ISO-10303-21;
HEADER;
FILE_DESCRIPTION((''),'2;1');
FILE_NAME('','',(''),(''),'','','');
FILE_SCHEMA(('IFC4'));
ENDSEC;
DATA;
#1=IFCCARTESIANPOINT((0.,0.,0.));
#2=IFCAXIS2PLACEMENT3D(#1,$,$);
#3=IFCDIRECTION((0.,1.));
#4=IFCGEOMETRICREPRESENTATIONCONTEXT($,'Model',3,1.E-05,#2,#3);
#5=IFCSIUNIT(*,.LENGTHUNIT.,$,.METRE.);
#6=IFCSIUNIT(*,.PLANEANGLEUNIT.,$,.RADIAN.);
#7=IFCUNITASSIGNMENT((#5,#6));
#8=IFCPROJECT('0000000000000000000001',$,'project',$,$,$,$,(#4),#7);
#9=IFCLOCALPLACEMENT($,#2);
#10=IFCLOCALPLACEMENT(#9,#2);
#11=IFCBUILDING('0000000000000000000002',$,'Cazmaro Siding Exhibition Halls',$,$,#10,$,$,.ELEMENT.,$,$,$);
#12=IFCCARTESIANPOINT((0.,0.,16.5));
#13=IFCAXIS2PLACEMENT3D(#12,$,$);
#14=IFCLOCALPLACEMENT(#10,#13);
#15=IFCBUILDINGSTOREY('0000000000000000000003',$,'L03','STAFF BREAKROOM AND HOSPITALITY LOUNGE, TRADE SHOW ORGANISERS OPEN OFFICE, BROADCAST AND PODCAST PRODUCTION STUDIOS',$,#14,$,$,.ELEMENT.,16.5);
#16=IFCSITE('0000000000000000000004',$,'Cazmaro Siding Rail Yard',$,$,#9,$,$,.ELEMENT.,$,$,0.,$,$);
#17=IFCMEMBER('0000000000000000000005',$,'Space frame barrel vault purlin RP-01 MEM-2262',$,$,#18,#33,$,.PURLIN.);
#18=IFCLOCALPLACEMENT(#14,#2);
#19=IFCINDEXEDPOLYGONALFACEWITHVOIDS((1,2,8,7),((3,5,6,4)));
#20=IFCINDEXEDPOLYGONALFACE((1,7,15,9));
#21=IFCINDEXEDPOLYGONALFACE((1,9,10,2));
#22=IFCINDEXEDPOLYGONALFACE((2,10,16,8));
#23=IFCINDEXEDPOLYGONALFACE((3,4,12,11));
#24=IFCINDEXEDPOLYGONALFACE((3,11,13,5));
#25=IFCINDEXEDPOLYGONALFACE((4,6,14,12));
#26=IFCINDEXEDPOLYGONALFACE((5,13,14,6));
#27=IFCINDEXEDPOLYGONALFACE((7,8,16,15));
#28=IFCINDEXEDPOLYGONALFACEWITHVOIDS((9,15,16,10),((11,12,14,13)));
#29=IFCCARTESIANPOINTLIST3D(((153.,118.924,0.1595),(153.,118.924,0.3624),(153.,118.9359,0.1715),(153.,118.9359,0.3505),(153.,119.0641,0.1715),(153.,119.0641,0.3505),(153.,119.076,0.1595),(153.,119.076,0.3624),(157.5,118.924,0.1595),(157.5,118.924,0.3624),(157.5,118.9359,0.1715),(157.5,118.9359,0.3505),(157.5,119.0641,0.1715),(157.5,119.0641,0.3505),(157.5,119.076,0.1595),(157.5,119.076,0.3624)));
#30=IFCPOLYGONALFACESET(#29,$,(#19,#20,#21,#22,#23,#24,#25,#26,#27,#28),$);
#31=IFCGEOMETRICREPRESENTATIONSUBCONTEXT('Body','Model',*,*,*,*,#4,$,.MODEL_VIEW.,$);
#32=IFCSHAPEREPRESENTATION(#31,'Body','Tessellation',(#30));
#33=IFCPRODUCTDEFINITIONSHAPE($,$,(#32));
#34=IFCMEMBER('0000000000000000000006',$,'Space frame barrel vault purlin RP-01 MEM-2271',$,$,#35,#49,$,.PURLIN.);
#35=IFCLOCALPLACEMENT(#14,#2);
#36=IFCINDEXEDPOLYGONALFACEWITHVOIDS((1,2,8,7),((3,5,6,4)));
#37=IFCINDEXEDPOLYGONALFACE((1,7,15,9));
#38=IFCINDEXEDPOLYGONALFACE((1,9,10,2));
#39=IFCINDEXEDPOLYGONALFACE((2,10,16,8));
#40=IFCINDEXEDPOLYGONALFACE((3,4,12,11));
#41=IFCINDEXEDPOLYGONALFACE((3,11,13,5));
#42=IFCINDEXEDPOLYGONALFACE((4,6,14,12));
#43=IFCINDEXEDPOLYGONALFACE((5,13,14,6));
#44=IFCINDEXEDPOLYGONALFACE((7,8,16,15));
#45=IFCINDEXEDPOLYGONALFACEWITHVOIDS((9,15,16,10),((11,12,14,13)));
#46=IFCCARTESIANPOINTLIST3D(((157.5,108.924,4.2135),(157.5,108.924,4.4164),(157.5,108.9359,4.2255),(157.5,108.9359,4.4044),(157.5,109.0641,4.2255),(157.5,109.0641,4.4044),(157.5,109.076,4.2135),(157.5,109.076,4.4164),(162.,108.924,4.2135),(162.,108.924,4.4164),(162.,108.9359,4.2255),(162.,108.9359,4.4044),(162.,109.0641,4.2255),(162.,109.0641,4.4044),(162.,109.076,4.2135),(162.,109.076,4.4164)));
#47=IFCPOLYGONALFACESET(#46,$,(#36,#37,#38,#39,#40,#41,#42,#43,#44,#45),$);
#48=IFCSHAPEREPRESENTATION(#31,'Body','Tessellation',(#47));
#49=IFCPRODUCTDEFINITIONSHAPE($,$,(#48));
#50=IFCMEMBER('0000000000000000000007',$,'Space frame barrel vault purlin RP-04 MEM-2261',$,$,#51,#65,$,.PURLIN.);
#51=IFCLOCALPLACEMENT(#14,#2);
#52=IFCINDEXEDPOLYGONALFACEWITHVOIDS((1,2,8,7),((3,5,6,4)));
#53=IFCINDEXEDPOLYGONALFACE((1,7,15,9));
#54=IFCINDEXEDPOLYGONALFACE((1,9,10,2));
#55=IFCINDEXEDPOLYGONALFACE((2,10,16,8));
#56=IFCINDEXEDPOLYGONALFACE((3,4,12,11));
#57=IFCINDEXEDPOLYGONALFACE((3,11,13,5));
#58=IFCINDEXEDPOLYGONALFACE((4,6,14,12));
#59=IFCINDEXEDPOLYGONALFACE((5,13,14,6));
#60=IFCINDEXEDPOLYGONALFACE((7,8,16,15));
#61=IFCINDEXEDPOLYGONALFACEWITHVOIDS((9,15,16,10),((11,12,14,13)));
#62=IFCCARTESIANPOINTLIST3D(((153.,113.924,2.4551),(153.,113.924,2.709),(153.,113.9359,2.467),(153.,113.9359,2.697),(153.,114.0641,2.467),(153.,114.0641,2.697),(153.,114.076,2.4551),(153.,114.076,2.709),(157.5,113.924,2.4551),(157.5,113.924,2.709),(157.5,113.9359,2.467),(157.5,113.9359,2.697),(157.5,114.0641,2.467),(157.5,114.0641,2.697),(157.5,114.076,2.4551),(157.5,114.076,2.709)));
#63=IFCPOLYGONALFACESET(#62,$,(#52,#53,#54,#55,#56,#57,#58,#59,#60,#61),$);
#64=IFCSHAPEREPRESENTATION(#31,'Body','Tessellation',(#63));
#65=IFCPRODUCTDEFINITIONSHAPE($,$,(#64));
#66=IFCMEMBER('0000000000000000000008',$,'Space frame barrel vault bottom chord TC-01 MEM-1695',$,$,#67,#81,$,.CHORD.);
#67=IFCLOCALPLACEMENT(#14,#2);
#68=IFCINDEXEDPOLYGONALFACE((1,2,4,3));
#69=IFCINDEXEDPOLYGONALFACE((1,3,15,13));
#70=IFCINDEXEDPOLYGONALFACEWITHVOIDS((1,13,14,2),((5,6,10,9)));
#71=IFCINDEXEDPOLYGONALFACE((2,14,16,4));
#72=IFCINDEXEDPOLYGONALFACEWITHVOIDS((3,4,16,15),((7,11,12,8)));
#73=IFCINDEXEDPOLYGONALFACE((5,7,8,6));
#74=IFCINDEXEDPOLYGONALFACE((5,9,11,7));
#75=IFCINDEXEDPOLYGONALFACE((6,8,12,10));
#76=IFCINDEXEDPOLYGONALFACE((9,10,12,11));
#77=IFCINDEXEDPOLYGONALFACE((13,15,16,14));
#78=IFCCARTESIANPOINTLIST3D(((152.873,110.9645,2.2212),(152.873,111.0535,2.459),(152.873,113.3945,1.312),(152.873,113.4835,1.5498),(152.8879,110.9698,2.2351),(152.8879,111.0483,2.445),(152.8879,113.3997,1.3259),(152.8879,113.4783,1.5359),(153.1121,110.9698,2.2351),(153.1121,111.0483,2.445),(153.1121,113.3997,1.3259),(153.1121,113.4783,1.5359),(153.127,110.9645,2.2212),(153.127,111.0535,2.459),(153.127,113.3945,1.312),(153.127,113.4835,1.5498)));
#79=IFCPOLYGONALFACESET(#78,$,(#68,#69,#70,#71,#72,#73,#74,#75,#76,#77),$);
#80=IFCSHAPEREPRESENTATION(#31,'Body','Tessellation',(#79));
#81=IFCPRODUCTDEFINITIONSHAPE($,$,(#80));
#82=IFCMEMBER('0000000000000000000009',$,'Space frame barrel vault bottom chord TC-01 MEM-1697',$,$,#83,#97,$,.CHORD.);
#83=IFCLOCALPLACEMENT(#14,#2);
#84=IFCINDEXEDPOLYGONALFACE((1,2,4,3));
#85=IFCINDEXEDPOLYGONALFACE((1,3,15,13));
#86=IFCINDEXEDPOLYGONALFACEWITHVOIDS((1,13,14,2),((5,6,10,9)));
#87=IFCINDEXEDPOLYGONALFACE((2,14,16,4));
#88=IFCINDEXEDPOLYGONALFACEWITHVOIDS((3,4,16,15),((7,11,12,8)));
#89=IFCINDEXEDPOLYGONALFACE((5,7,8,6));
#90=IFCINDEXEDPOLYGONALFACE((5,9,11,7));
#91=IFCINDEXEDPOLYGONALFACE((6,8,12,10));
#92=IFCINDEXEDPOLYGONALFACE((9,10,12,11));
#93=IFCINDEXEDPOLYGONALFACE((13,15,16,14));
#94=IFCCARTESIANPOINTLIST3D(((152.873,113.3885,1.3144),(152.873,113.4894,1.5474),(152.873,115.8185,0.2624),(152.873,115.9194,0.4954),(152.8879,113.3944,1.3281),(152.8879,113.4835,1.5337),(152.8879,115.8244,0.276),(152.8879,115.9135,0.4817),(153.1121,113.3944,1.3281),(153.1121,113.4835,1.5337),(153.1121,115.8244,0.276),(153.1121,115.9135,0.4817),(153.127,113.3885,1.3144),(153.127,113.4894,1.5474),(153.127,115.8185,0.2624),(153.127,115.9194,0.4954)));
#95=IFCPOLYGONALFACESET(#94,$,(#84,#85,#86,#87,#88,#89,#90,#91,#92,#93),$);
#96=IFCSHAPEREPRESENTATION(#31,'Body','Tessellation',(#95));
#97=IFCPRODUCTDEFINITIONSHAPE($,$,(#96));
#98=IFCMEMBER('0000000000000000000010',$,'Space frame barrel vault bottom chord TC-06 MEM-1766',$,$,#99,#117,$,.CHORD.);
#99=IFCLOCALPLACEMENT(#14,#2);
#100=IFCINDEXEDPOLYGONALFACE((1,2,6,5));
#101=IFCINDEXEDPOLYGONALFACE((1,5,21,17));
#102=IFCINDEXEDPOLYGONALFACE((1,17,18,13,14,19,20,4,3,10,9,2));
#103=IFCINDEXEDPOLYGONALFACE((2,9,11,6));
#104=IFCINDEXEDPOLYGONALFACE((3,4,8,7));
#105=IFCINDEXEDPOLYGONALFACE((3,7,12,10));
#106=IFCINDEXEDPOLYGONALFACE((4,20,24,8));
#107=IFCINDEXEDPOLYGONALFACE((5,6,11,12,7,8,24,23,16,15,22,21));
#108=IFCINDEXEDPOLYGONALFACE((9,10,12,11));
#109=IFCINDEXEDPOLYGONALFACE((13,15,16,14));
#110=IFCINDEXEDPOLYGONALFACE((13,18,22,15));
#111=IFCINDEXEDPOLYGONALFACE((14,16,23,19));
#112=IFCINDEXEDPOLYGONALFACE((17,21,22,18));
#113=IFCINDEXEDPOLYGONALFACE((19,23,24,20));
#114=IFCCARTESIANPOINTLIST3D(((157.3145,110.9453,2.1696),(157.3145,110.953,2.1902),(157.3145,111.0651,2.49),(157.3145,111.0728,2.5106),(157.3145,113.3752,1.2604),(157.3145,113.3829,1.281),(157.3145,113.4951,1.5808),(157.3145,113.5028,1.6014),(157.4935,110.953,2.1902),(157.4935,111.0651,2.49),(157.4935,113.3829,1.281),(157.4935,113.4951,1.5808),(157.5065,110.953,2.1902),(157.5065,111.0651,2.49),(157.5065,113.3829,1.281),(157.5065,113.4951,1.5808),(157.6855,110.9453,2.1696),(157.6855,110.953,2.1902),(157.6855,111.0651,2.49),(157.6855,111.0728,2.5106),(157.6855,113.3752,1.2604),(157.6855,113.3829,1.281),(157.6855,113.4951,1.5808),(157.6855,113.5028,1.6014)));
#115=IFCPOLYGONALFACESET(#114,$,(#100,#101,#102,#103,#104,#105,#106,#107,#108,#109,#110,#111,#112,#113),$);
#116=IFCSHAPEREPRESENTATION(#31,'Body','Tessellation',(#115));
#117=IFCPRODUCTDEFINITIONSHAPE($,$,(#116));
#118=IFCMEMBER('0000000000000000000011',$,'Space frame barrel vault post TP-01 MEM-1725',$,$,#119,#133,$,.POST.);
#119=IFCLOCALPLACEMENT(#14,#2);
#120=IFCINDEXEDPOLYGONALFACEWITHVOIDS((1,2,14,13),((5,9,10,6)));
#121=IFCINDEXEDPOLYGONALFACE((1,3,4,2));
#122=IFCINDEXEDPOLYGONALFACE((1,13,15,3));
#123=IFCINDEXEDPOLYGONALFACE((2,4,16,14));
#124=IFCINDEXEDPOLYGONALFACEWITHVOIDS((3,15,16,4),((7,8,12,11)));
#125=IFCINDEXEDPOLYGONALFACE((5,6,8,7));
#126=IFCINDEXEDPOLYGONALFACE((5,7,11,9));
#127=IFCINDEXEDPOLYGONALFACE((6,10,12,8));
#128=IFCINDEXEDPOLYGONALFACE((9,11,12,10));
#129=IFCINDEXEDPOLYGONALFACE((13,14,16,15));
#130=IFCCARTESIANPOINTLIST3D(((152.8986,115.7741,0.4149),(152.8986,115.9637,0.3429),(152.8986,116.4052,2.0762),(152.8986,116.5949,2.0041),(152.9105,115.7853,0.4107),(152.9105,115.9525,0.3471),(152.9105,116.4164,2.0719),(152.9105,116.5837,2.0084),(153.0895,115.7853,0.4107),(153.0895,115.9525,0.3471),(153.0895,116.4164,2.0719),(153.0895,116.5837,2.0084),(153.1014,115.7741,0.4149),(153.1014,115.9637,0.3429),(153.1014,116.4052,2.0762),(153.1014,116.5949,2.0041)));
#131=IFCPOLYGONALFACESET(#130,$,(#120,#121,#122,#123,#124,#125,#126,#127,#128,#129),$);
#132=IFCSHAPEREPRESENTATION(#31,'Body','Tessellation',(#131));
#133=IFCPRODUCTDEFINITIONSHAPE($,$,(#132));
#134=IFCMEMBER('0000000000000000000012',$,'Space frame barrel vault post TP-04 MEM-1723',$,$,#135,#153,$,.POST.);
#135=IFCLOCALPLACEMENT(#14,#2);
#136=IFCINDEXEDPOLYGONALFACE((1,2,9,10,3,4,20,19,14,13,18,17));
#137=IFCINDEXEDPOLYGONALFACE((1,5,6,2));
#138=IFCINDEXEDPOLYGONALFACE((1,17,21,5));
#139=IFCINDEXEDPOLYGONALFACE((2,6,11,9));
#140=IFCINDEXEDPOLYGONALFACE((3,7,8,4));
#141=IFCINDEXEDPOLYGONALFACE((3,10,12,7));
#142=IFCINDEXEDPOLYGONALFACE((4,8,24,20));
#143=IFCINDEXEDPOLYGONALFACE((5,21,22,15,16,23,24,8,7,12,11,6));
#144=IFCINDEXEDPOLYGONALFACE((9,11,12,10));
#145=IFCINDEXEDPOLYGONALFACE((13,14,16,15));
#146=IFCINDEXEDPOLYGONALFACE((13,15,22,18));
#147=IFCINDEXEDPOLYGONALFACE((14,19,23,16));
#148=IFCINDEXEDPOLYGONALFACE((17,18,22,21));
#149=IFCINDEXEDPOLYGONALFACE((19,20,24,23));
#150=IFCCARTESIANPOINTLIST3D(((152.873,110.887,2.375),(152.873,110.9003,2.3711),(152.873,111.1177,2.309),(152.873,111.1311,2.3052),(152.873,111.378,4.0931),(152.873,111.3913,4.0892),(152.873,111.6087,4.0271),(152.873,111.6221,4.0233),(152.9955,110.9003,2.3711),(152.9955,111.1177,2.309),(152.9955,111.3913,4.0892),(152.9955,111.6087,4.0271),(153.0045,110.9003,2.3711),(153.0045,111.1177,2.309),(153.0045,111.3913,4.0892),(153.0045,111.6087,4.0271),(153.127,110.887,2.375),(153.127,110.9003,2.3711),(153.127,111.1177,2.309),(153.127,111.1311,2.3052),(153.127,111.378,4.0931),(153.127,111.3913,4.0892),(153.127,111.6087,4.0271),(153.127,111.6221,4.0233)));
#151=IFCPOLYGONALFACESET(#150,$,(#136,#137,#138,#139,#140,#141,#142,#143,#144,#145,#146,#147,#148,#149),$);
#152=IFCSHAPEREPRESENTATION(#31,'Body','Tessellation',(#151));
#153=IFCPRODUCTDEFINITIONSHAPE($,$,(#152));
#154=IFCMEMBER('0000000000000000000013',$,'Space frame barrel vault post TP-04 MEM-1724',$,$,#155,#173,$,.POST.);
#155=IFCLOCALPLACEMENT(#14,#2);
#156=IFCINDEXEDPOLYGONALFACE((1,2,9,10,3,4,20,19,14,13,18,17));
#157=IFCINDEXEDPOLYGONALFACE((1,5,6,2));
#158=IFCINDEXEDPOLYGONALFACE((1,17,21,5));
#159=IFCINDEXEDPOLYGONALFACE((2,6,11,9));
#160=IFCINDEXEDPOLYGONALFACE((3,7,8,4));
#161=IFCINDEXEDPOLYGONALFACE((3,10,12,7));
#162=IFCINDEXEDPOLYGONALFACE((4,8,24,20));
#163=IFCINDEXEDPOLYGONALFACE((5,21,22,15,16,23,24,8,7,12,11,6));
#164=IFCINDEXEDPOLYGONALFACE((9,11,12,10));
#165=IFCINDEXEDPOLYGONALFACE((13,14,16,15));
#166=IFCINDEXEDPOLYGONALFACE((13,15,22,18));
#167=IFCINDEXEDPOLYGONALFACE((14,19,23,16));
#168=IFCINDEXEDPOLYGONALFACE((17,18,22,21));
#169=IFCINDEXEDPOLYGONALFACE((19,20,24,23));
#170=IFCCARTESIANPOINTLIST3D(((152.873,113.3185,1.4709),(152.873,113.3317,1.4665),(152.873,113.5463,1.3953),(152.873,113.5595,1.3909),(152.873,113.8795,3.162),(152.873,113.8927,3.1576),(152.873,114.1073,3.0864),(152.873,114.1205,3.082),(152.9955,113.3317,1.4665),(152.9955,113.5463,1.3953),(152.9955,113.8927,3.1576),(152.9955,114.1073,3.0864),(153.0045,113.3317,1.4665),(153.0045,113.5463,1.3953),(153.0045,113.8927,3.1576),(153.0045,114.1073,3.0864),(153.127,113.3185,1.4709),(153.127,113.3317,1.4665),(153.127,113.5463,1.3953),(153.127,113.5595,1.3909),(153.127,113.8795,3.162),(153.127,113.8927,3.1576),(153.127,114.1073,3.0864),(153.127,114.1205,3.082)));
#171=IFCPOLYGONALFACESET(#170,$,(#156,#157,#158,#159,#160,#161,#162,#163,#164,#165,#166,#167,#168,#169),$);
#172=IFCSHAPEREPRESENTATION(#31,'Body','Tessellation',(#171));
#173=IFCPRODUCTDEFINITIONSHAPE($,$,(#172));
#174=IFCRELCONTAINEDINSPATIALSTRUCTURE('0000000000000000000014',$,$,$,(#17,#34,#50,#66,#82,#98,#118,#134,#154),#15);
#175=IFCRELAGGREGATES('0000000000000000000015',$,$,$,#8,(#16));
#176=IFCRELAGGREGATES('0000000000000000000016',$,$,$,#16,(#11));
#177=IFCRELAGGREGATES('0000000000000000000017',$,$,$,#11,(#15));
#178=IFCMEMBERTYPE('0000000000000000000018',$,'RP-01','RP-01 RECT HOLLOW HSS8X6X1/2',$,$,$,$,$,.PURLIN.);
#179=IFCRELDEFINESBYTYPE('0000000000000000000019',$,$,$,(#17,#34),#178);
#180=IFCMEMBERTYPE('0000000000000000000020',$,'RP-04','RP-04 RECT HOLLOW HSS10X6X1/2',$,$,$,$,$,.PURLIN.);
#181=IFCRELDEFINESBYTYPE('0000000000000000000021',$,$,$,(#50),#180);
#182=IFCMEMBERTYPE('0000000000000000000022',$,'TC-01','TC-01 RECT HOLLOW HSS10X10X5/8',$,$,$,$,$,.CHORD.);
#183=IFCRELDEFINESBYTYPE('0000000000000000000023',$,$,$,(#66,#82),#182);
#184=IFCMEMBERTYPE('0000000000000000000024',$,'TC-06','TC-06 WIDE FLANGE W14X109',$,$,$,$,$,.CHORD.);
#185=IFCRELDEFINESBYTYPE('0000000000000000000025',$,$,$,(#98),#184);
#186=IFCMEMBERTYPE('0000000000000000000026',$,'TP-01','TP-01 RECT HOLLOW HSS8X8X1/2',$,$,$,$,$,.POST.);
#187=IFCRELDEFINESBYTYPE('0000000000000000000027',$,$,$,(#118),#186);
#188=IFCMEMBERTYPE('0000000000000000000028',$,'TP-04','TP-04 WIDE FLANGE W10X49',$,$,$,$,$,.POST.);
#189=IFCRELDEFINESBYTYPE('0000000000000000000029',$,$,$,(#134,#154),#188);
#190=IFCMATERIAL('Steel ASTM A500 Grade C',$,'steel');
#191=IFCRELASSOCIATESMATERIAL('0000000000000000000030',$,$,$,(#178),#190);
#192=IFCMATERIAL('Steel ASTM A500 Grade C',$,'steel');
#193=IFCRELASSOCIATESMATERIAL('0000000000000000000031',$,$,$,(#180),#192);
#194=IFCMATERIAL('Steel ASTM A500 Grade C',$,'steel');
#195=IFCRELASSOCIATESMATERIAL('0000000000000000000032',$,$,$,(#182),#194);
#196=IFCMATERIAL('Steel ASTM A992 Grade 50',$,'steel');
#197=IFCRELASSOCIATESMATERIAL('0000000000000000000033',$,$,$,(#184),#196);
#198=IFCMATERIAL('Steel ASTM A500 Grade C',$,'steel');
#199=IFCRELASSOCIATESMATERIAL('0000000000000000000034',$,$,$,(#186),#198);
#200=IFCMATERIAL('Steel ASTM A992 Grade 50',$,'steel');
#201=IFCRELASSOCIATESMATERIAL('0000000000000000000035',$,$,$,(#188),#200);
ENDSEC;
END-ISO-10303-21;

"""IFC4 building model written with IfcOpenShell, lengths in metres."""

from ifc_helpers import new_model, si_unit, direction, frame, origin, origin_2d, place, context, subcontext, project, spatial, hollow_rectangle, i_section, extrude, material, material_profile, profile_set, type_object, element, save


model = new_model("IFC4")

# Units and contexts
model_context = context("Model", 3, precision=1e-05, world=origin(), true_north=direction((0.0, 1.0)))
body_context = subcontext(model_context, "Body", "Model", "MODEL_VIEW")
ifc_project = project(units=[si_unit("LENGTHUNIT", "METRE"), si_unit("PLANEANGLEUNIT", "RADIAN")], contexts=[model_context])

# Site, building, storey
site_placement = place(None, origin())
site = spatial("IfcSite", under=ifc_project, at=site_placement, Name="Cazmaro Siding Rail Yard", CompositionType="ELEMENT", RefElevation=0.0)
building_placement = place(site_placement, origin())
building = spatial("IfcBuilding", under=site, at=building_placement, Name="Cazmaro Siding Exhibition Halls", CompositionType="ELEMENT")
storey_placement = place(building_placement, frame((0.0, 0.0, 16.5)))
storey = spatial("IfcBuildingStorey", under=building, at=storey_placement, Name="L03", Description="STAFF BREAKROOM AND HOSPITALITY LOUNGE, TRADE SHOW ORGANISERS OPEN OFFICE, BROADCAST AND PODCAST PRODUCTION STUDIOS", CompositionType="ELEMENT", Elevation=16.5)

# Members
ifc_material_1 = material(Name="Steel ASTM A500 Grade C", Category="steel")
ifc_material_profile_1 = material_profile(ifc_material_1, hollow_rectangle(XDim=0.1521, YDim=0.2029, WallThickness=0.012, at=origin_2d()), Name="HSS8X6X1/2")
ifc_profile_set_1 = profile_set([ifc_material_profile_1], Name="Steel ASTM A500 Grade C")
member_type_1 = type_object("IfcMemberType", Name="RP-01", Description="RP-01 RECT HOLLOW HSS8X6X1/2", PredefinedType="PURLIN", material=ifc_profile_set_1)
for number, where, z_axis, x_axis, name in (
    (1, (153.0, 119.0, 0.261), (1.0, 0.0, 0.0), (0.0, 1.0, 0.0), "Space frame barrel vault purlin RP-01 MEM-2262"),
    (2, (157.5, 109.0, 4.3149), (1.0, 0.0, 0.0), (0.0, 1.0, 0.0), "Space frame barrel vault purlin RP-01 MEM-2271"),
):
    element("IfcMember", number, at=place(storey_placement, frame(where, z_axis=z_axis, x_axis=x_axis)), inside=storey, type_object=member_type_1, Name=name, PredefinedType="PURLIN", context=body_context, shape_type="SweptSolid", body=[
        extrude(hollow_rectangle(XDim=0.1521, YDim=0.2029, WallThickness=0.012, at=origin_2d()), origin(), (0.0, 0.0, 1.0), 4.5),
    ])
ifc_material_2 = material(Name="Steel ASTM A500 Grade C", Category="steel")
ifc_material_profile_2 = material_profile(ifc_material_2, hollow_rectangle(XDim=0.1521, YDim=0.2539, WallThickness=0.012, at=origin_2d()), Name="HSS10X6X1/2")
ifc_profile_set_2 = profile_set([ifc_material_profile_2], Name="Steel ASTM A500 Grade C")
member_type_2 = type_object("IfcMemberType", Name="RP-04", Description="RP-04 RECT HOLLOW HSS10X6X1/2", PredefinedType="PURLIN", material=ifc_profile_set_2)
member_1_placement = place(storey_placement, frame((153.0, 114.0, 2.582), z_axis=(1.0, 0.0, 0.0), x_axis=(0.0, 1.0, 0.0)))
element("IfcMember", 3, at=member_1_placement, inside=storey, type_object=member_type_2, Name="Space frame barrel vault purlin RP-04 MEM-2261", PredefinedType="PURLIN", context=body_context, shape_type="SweptSolid", body=[
    extrude(hollow_rectangle(XDim=0.1521, YDim=0.2539, WallThickness=0.012, at=origin_2d()), origin(), (0.0, 0.0, 1.0), 4.5),
])
ifc_material_3 = material(Name="Steel ASTM A500 Grade C", Category="steel")
ifc_material_profile_3 = material_profile(ifc_material_3, hollow_rectangle(XDim=0.2539, YDim=0.2539, WallThickness=0.0149, at=origin_2d()), Name="HSS10X10X5/8")
ifc_profile_set_3 = profile_set([ifc_material_profile_3], Name="Steel ASTM A500 Grade C")
member_type_3 = type_object("IfcMemberType", Name="TC-01", Description="TC-01 RECT HOLLOW HSS10X10X5/8", PredefinedType="CHORD", material=ifc_profile_set_3)
member_2_placement = place(storey_placement, frame((153.0, 111.009, 2.3401), z_axis=(0.0, 0.936588, -0.350432), x_axis=(-1.0, 0.0, 0.0)))
element("IfcMember", 4, at=member_2_placement, inside=storey, type_object=member_type_3, Name="Space frame barrel vault bottom chord TC-01 MEM-1695", PredefinedType="CHORD", context=body_context, shape_type="SweptSolid", body=[
    extrude(hollow_rectangle(XDim=0.2539, YDim=0.2539, WallThickness=0.0149, at=origin_2d()), origin(), (0.0, 0.0, 1.0), 2.5945),
])
member_3_placement = place(storey_placement, frame((153.0, 113.439, 1.4309), z_axis=(0.0, 0.917689, -0.397299), x_axis=(-1.0, 0.0, 0.0)))
element("IfcMember", 5, at=member_3_placement, inside=storey, type_object=member_type_3, Name="Space frame barrel vault bottom chord TC-01 MEM-1697", PredefinedType="CHORD", context=body_context, shape_type="SweptSolid", body=[
    extrude(hollow_rectangle(XDim=0.2539, YDim=0.2539, WallThickness=0.0149, at=origin_2d()), origin(), (0.0, 0.0, 1.0), 2.6479),
])
ifc_material_4 = material(Name="Steel ASTM A992 Grade 50", Category="steel")
ifc_material_profile_4 = material_profile(ifc_material_4, i_section(OverallWidth=0.3711, OverallDepth=0.364, WebThickness=0.0129, FlangeThickness=0.022, at=origin_2d()), Name="W14X109")
ifc_profile_set_4 = profile_set([ifc_material_profile_4], Name="Steel ASTM A992 Grade 50")
member_type_4 = type_object("IfcMemberType", Name="TC-06", Description="TC-06 WIDE FLANGE W14X109", PredefinedType="CHORD", material=ifc_profile_set_4)
member_4_placement = place(storey_placement, frame((157.5, 111.009, 2.3401), z_axis=(0.0, 0.936588, -0.350432), x_axis=(-1.0, 0.0, 0.0)))
element("IfcMember", 6, at=member_4_placement, inside=storey, type_object=member_type_4, Name="Space frame barrel vault bottom chord TC-06 MEM-1766", PredefinedType="CHORD", context=body_context, shape_type="SweptSolid", body=[
    extrude(i_section(OverallWidth=0.3711, OverallDepth=0.364, WebThickness=0.0129, FlangeThickness=0.022, at=origin_2d()), origin(), (0.0, 0.0, 1.0), 2.5945),
])
ifc_material_5 = material(Name="Steel ASTM A500 Grade C", Category="steel")
ifc_material_profile_5 = material_profile(ifc_material_5, hollow_rectangle(XDim=0.2029, YDim=0.2029, WallThickness=0.012, at=origin_2d()), Name="HSS8X8X1/2")
ifc_profile_set_5 = profile_set([ifc_material_profile_5], Name="Steel ASTM A500 Grade C")
member_type_5 = type_object("IfcMemberType", Name="TP-01", Description="TP-01 RECT HOLLOW HSS8X8X1/2", PredefinedType="POST", material=ifc_profile_set_5)
member_5_placement = place(storey_placement, frame((153.0, 115.8689, 0.3789), z_axis=(0.0, 0.355155, 0.934807), x_axis=(-1.0, 0.0, 0.0)))
element("IfcMember", 7, at=member_5_placement, inside=storey, type_object=member_type_5, Name="Space frame barrel vault post TP-01 MEM-1725", PredefinedType="POST", context=body_context, shape_type="SweptSolid", body=[
    extrude(hollow_rectangle(XDim=0.2029, YDim=0.2029, WallThickness=0.012, at=origin_2d()), origin(), (0.0, 0.0, 1.0), 1.7771),
])
ifc_material_6 = material(Name="Steel ASTM A992 Grade 50", Category="steel")
ifc_material_profile_6 = material_profile(ifc_material_6, i_section(OverallWidth=0.2539, OverallDepth=0.2539, WebThickness=0.009, FlangeThickness=0.0139, at=origin_2d()), Name="W10X49")
ifc_profile_set_6 = profile_set([ifc_material_profile_6], Name="Steel ASTM A992 Grade 50")
member_type_6 = type_object("IfcMemberType", Name="TP-04", Description="TP-04 WIDE FLANGE W10X49", PredefinedType="POST", material=ifc_profile_set_6)
member_6_placement = place(storey_placement, frame((153.0, 111.009, 2.3401), z_axis=(0.0, 0.274775, 0.961508), x_axis=(-1.0, 0.0, 0.0)))
element("IfcMember", 8, at=member_6_placement, inside=storey, type_object=member_type_6, Name="Space frame barrel vault post TP-04 MEM-1723", PredefinedType="POST", context=body_context, shape_type="SweptSolid", body=[
    extrude(i_section(OverallWidth=0.2539, OverallDepth=0.2539, WebThickness=0.009, FlangeThickness=0.0139, at=origin_2d()), origin(), (0.0, 0.0, 1.0), 1.7869),
])
member_7_placement = place(storey_placement, frame((153.0, 113.439, 1.4309), z_axis=(0.0, 0.314871, 0.949134), x_axis=(-1.0, 0.0, 0.0)))
element("IfcMember", 9, at=member_7_placement, inside=storey, type_object=member_type_6, Name="Space frame barrel vault post TP-04 MEM-1724", PredefinedType="POST", context=body_context, shape_type="SweptSolid", body=[
    extrude(i_section(OverallWidth=0.2539, OverallDepth=0.2539, WebThickness=0.009, FlangeThickness=0.0139, at=origin_2d()), origin(), (0.0, 0.0, 1.0), 1.7817),
])

save(model, "model.ifc")
